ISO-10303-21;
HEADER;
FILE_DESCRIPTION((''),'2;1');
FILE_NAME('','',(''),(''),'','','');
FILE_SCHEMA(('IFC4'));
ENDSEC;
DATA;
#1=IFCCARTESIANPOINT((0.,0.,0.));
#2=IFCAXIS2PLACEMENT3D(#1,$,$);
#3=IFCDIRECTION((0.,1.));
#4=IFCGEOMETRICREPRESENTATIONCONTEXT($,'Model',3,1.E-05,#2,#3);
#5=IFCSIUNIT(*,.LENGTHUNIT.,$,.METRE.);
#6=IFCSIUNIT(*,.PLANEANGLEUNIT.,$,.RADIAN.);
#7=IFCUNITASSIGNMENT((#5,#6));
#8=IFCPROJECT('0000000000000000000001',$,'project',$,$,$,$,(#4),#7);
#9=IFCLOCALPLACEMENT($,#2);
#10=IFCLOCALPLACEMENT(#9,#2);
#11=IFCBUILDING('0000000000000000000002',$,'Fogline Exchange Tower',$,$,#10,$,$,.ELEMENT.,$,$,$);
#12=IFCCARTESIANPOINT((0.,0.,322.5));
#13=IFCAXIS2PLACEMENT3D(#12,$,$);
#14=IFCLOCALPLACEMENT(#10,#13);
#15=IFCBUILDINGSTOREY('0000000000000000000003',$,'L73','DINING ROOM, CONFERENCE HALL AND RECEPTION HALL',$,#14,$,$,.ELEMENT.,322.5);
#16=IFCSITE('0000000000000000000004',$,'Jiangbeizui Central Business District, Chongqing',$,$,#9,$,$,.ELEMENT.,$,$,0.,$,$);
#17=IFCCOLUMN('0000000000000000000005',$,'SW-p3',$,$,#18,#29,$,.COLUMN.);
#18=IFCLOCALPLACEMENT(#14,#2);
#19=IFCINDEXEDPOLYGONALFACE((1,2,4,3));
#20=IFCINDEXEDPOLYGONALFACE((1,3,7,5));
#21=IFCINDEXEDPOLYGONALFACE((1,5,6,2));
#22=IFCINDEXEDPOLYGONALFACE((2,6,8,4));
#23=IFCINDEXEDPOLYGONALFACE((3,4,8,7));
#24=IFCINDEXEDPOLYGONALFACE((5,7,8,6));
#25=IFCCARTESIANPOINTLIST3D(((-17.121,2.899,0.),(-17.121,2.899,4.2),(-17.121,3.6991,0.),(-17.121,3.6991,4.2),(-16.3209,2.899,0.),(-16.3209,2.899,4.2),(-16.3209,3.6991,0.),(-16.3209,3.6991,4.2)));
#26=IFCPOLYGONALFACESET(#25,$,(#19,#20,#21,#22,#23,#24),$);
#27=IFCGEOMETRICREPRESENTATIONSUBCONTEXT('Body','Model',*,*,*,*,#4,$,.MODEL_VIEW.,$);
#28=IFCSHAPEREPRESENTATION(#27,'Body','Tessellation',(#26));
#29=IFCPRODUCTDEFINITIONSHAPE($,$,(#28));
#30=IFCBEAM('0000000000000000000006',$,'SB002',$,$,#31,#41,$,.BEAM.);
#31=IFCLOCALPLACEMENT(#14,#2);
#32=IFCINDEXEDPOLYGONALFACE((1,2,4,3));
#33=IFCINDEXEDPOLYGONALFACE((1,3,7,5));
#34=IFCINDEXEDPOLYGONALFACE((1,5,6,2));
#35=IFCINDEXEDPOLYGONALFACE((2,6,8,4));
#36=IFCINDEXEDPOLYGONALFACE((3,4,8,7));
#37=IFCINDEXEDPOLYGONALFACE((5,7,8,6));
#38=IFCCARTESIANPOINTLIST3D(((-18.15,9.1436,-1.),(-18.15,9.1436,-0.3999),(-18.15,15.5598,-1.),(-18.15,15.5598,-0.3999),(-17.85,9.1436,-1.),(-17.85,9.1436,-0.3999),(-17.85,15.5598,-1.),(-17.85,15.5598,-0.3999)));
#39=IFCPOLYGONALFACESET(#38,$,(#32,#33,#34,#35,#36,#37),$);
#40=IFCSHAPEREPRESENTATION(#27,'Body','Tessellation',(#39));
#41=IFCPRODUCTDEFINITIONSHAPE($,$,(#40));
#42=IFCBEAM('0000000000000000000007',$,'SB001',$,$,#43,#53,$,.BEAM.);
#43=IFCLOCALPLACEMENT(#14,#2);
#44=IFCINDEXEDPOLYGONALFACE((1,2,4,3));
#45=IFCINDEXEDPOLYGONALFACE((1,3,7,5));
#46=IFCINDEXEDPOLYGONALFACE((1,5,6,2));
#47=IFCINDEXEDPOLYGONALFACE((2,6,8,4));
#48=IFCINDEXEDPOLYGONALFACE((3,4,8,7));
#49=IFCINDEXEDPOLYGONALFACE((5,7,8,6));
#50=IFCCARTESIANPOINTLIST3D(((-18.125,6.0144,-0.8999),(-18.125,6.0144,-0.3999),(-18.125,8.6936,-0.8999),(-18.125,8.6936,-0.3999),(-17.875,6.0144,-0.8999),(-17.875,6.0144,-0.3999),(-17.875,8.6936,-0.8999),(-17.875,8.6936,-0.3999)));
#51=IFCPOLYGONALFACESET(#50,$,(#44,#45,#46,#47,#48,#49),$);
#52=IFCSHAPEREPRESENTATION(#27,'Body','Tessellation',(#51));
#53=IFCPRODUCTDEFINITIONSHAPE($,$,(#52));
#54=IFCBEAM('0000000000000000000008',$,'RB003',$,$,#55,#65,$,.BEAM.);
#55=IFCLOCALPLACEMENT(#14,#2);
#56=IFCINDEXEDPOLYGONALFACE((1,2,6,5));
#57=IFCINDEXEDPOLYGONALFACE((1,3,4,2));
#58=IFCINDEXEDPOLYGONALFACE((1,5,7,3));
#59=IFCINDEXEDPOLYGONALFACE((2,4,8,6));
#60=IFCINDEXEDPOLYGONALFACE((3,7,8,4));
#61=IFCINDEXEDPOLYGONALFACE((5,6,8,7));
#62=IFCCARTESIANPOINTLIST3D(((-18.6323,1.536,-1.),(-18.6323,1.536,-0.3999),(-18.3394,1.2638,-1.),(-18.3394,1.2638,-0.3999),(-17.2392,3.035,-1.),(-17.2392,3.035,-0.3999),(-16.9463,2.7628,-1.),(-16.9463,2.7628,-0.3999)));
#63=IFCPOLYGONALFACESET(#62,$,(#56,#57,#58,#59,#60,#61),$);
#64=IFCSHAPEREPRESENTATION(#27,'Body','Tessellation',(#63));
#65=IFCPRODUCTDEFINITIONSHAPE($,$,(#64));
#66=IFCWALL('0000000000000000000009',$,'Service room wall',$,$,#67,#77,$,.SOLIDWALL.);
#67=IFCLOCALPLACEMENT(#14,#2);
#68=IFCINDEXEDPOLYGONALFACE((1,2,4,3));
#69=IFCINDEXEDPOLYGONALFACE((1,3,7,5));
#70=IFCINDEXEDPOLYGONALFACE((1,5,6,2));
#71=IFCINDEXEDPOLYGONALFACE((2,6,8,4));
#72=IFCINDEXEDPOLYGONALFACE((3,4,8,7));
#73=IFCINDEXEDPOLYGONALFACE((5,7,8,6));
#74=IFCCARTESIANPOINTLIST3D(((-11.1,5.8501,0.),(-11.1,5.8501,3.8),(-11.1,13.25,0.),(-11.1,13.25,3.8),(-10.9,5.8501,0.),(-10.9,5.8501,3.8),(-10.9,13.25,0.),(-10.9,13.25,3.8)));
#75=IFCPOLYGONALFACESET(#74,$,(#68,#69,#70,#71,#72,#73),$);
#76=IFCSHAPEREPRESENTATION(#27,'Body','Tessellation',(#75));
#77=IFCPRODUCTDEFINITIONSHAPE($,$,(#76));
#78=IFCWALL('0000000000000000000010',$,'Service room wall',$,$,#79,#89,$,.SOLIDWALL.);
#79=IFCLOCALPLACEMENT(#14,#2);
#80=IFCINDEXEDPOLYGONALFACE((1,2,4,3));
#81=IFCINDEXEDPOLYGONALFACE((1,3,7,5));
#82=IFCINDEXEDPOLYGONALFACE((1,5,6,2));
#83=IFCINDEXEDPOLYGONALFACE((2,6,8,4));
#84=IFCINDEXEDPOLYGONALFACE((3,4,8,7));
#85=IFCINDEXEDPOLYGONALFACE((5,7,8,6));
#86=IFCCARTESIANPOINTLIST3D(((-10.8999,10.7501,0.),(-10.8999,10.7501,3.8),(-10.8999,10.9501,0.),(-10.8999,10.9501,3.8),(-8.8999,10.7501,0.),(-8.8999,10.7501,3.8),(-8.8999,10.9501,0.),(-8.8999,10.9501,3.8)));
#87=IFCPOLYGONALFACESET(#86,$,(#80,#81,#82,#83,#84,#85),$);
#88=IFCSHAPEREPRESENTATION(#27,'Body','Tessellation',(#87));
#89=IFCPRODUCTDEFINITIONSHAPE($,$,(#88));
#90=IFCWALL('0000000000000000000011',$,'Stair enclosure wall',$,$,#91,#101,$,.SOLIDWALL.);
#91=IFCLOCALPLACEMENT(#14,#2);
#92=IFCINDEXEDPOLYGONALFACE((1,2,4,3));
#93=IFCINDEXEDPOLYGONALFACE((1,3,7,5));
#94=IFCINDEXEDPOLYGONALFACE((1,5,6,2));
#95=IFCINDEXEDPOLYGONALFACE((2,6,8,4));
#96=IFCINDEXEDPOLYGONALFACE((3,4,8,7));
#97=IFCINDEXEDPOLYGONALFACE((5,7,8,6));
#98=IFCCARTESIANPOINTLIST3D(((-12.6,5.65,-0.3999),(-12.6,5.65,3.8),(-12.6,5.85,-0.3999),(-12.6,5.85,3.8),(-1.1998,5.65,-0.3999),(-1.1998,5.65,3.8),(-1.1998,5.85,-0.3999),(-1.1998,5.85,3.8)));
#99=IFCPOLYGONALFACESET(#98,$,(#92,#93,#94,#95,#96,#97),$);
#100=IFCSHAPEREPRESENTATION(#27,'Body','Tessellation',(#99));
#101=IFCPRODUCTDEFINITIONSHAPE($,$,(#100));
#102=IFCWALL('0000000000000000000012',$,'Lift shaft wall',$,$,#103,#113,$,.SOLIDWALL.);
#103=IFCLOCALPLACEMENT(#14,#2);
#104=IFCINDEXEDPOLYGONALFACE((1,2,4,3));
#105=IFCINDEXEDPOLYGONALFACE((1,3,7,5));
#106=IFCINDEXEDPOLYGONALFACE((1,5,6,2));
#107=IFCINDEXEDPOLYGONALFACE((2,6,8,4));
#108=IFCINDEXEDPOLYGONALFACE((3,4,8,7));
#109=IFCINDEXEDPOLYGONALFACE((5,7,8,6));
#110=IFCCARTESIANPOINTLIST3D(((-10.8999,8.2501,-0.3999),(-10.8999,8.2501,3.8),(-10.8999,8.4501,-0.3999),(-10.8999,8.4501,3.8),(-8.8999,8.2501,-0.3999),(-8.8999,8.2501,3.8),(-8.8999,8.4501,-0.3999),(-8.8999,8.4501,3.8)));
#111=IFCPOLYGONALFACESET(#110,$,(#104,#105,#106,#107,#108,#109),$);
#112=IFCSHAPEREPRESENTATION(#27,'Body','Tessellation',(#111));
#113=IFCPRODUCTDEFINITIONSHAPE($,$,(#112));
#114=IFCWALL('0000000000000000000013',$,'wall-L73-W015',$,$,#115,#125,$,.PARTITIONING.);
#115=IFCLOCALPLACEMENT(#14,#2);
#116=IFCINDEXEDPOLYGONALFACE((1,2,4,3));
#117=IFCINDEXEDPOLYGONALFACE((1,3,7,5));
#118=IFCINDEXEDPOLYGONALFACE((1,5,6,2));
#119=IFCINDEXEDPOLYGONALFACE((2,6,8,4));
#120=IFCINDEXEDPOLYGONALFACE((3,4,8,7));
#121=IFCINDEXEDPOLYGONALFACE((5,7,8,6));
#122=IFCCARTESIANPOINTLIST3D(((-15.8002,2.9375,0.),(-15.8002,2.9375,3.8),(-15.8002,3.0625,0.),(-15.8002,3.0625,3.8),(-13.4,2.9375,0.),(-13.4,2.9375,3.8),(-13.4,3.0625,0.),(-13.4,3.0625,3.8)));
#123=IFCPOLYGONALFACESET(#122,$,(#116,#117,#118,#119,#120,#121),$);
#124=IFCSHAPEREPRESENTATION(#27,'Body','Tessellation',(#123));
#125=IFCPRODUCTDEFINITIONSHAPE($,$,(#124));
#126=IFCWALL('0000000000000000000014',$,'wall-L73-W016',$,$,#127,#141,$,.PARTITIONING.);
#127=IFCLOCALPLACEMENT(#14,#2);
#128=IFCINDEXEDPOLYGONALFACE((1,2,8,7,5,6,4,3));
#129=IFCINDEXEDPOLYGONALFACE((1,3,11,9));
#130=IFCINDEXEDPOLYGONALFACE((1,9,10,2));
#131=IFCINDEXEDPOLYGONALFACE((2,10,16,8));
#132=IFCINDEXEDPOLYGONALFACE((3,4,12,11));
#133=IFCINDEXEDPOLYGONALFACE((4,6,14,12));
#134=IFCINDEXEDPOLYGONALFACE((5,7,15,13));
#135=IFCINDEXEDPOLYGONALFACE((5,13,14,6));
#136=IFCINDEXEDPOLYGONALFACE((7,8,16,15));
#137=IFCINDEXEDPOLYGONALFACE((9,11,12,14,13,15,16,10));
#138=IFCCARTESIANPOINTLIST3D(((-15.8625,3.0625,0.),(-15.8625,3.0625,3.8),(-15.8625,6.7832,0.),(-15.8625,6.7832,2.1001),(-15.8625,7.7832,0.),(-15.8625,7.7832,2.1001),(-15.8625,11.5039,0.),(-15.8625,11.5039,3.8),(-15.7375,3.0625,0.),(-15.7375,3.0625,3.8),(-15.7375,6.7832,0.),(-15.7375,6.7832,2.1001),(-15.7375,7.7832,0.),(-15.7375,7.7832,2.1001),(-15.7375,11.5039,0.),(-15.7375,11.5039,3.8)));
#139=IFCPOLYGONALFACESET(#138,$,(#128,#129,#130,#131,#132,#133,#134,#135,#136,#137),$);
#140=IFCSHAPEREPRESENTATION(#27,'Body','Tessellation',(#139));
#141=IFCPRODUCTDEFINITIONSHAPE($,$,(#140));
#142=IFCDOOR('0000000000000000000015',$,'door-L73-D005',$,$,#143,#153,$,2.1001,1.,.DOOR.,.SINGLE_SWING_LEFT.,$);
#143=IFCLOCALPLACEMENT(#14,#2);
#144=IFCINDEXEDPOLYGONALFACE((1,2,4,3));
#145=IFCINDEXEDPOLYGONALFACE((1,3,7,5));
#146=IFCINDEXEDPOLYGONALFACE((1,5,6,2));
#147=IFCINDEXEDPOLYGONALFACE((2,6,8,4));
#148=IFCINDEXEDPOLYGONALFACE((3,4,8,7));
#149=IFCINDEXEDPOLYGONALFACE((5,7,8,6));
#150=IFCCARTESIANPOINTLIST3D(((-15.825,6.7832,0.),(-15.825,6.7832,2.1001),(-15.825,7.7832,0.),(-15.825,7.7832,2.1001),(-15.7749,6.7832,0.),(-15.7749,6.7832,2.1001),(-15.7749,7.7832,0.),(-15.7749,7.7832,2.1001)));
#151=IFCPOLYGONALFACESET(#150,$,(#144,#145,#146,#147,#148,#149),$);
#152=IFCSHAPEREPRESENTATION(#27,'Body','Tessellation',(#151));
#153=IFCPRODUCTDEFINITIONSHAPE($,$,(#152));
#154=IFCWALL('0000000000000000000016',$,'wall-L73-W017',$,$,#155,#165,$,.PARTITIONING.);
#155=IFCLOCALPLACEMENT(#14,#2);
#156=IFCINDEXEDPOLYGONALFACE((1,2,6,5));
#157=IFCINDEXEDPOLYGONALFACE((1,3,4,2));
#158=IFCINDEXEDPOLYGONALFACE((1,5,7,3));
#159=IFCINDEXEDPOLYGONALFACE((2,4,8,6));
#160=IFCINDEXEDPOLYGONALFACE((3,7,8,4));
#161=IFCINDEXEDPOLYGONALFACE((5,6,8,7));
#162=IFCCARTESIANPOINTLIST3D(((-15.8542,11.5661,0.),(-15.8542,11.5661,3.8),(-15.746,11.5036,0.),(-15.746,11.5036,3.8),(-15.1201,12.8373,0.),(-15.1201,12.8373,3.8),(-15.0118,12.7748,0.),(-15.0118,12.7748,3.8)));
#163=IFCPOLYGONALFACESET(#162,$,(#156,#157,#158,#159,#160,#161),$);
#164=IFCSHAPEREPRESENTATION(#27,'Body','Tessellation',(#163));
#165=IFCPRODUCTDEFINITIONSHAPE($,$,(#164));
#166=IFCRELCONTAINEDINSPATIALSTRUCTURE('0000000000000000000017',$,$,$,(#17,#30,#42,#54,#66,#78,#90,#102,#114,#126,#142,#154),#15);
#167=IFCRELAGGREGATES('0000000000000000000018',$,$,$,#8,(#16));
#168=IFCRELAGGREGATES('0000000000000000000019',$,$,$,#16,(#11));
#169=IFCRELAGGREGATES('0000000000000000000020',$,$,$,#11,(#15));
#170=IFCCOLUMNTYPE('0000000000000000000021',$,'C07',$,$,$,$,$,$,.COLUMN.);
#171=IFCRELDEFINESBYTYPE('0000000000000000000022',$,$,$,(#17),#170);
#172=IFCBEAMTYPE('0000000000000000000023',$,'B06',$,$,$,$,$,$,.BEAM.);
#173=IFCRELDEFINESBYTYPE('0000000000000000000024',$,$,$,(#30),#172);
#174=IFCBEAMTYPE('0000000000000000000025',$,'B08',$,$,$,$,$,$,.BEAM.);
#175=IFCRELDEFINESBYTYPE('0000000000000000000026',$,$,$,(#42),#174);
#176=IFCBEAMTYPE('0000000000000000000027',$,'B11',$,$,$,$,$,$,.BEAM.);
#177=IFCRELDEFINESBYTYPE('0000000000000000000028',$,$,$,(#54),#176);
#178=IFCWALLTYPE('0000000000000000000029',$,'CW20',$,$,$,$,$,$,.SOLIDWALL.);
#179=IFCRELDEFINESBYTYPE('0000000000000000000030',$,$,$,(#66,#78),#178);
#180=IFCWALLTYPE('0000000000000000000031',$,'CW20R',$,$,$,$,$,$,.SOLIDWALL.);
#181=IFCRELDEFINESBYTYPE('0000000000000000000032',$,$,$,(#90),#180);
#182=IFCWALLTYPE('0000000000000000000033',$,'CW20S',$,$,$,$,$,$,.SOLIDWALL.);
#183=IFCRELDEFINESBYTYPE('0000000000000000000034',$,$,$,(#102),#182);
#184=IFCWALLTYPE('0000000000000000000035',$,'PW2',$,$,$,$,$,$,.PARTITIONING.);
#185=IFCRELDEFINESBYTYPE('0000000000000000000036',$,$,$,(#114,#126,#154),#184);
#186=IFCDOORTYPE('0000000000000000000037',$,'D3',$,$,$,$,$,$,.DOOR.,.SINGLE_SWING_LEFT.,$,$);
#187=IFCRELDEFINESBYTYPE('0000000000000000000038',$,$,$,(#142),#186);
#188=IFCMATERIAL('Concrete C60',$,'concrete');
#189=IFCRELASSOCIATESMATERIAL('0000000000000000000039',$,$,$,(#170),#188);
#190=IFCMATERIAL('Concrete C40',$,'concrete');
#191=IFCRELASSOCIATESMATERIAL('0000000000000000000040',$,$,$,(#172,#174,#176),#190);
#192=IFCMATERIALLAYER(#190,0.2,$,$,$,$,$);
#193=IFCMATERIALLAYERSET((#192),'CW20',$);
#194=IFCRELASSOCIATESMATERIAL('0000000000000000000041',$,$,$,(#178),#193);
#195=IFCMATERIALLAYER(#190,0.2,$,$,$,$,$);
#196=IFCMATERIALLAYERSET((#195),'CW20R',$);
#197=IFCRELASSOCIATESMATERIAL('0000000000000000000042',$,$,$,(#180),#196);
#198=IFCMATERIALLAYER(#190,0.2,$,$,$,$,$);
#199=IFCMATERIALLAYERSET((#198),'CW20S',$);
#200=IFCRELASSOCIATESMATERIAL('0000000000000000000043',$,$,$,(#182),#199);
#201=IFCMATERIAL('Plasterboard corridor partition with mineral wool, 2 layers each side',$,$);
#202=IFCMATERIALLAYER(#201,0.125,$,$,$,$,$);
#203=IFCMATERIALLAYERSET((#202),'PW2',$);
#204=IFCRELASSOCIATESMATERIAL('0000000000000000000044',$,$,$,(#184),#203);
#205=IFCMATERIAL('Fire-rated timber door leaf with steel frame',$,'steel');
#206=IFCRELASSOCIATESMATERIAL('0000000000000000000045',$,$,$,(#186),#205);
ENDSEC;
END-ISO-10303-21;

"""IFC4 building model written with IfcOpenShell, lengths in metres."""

from ifc_helpers import new_model, si_unit, direction, frame, frame_2d, origin, origin_2d, place, context, subcontext, project, spatial, rectangle, extrude, material, layer, layer_set, material_profile, profile_set, type_object, element, fill, save


model = new_model("IFC4")

# Units and contexts
model_context = context("Model", 3, precision=1e-05, world=origin(), true_north=direction((0.0, 1.0)))
body_context = subcontext(model_context, "Body", "Model", "MODEL_VIEW")
ifc_project = project(units=[si_unit("LENGTHUNIT", "METRE"), si_unit("PLANEANGLEUNIT", "RADIAN")], contexts=[model_context])

# Site, building, storey
site_placement = place(None, origin())
site = spatial("IfcSite", under=ifc_project, at=site_placement, Name="Jiangbeizui Central Business District, Chongqing", CompositionType="ELEMENT", RefElevation=0.0)
building_placement = place(site_placement, origin())
building = spatial("IfcBuilding", under=site, at=building_placement, Name="Fogline Exchange Tower", CompositionType="ELEMENT")
storey_placement = place(building_placement, frame((0.0, 0.0, 322.5)))
storey = spatial("IfcBuildingStorey", under=building, at=storey_placement, Name="L73", Description="DINING ROOM, CONFERENCE HALL AND RECEPTION HALL", CompositionType="ELEMENT", Elevation=322.5)

# Column
ifc_material_1 = material(Name="Concrete C60", Category="concrete")
ifc_material_profile_1 = material_profile(ifc_material_1, rectangle(XDim=0.8, YDim=0.8, at=origin_2d()), Name="RC 800x800")
ifc_profile_set_1 = profile_set([ifc_material_profile_1], Name="Concrete C60")
column_type = type_object("IfcColumnType", Name="C07", PredefinedType="COLUMN", material=ifc_profile_set_1)
column_placement = place(storey_placement, frame((-16.7209, 3.2991, 0.0), z_axis=(0.0, 0.0, 1.0), x_axis=(1.0, 0.0, 0.0)))
element("IfcColumn", 1, at=column_placement, inside=storey, type_object=column_type, Name="SW-p3", PredefinedType="COLUMN", context=body_context, shape_type="SweptSolid", body=[
    extrude(rectangle(XDim=0.8, YDim=0.8, at=origin_2d()), origin(), (0.0, 0.0, 1.0), 4.2),
])

# Beams
ifc_material_2 = material(Name="Concrete C40", Category="concrete")
ifc_material_profile_2 = material_profile(ifc_material_2, rectangle(XDim=0.3, YDim=0.6001, at=origin_2d()), Name="RC 300x600")
ifc_profile_set_2 = profile_set([ifc_material_profile_2], Name="Concrete C40")
beam_type_1 = type_object("IfcBeamType", Name="B06", PredefinedType="BEAM", material=ifc_profile_set_2)
beam_1_placement = place(storey_placement, frame((-18.0, 9.1436, -0.7), z_axis=(0.0, 1.0, 0.0), x_axis=(-1.0, 0.0, 0.0)))
element("IfcBeam", 2, at=beam_1_placement, inside=storey, type_object=beam_type_1, Name="SB002", PredefinedType="BEAM", context=body_context, shape_type="SweptSolid", body=[
    extrude(rectangle(XDim=0.3, YDim=0.6001, at=origin_2d()), origin(), (0.0, 0.0, 1.0), 6.4163),
])
ifc_material_profile_3 = material_profile(ifc_material_2, rectangle(XDim=0.25, YDim=0.5, at=origin_2d()), Name="RC 250x500")
ifc_profile_set_3 = profile_set([ifc_material_profile_3], Name="Concrete C40")
beam_type_2 = type_object("IfcBeamType", Name="B08", PredefinedType="BEAM", material=ifc_profile_set_3)
beam_2_placement = place(storey_placement, frame((-18.0, 6.0144, -0.6499), z_axis=(0.0, 1.0, 0.0), x_axis=(-1.0, 0.0, 0.0)))
element("IfcBeam", 3, at=beam_2_placement, inside=storey, type_object=beam_type_2, Name="SB001", PredefinedType="BEAM", context=body_context, shape_type="SweptSolid", body=[
    extrude(rectangle(XDim=0.25, YDim=0.5, at=origin_2d()), origin(), (0.0, 0.0, 1.0), 2.6792),
])
ifc_material_profile_4 = material_profile(ifc_material_2, rectangle(XDim=0.3999, YDim=0.6001, at=origin_2d()), Name="RC 400x600")
ifc_profile_set_4 = profile_set([ifc_material_profile_4], Name="Concrete C40")
beam_type_3 = type_object("IfcBeamType", Name="B11", PredefinedType="BEAM", material=ifc_profile_set_4)
beam_3_placement = place(storey_placement, frame((-17.0928, 2.8989, -0.7), z_axis=(-0.680744, -0.732521, 0.0), x_axis=(0.732521, -0.680744, 0.0)))
element("IfcBeam", 4, at=beam_3_placement, inside=storey, type_object=beam_type_3, Name="RB003", PredefinedType="BEAM", context=body_context, shape_type="SweptSolid", body=[
    extrude(rectangle(XDim=0.3999, YDim=0.6001, at=origin_2d()), origin(), (0.0, 0.0, 1.0), 2.0464),
])

# Walls
ifc_layer_1 = layer(ifc_material_2, 0.2)
ifc_layer_set_1 = layer_set([ifc_layer_1], Name="CW20")
wall_type_1 = type_object("IfcWallType", Name="CW20", PredefinedType="SOLIDWALL", material=ifc_layer_set_1)
wall_1_placement = place(storey_placement, frame((-11.0, 5.8501, 0.0), z_axis=(0.0, 0.0, 1.0), x_axis=(0.0, 1.0, 0.0)))
element("IfcWall", 5, at=wall_1_placement, inside=storey, type_object=wall_type_1, Name="Service room wall", PredefinedType="SOLIDWALL", context=body_context, shape_type="SweptSolid", body=[
    extrude(rectangle(XDim=7.3999, YDim=0.2, at=frame_2d((3.7, 0.0))), origin(), (0.0, 0.0, 1.0), 3.8),
])
wall_2_placement = place(storey_placement, frame((-10.8999, 10.8501, 0.0), z_axis=(0.0, 0.0, 1.0), x_axis=(1.0, 0.0, 0.0)))
element("IfcWall", 6, at=wall_2_placement, inside=storey, type_object=wall_type_1, Name="Service room wall", PredefinedType="SOLIDWALL", context=body_context, shape_type="SweptSolid", body=[
    extrude(rectangle(XDim=2.0, YDim=0.2, at=frame_2d((1.0, 0.0))), origin(), (0.0, 0.0, 1.0), 3.8),
])
ifc_layer_2 = layer(ifc_material_2, 0.2)
ifc_layer_set_2 = layer_set([ifc_layer_2], Name="CW20R")
wall_type_2 = type_object("IfcWallType", Name="CW20R", PredefinedType="SOLIDWALL", material=ifc_layer_set_2)
wall_3_placement = place(storey_placement, frame((-12.6001, 5.75, -0.3999), z_axis=(0.0, 0.0, 1.0), x_axis=(1.0, 0.0, 0.0)))
element("IfcWall", 7, at=wall_3_placement, inside=storey, type_object=wall_type_2, Name="Stair enclosure wall", PredefinedType="SOLIDWALL", context=body_context, shape_type="SweptSolid", body=[
    extrude(rectangle(XDim=11.4001, YDim=0.2, at=frame_2d((5.7002, 0.0))), origin(), (0.0, 0.0, 1.0), 4.2),
])
ifc_layer_3 = layer(ifc_material_2, 0.2)
ifc_layer_set_3 = layer_set([ifc_layer_3], Name="CW20S")
wall_type_3 = type_object("IfcWallType", Name="CW20S", PredefinedType="SOLIDWALL", material=ifc_layer_set_3)
wall_4_placement = place(storey_placement, frame((-10.8999, 8.3501, -0.3999), z_axis=(0.0, 0.0, 1.0), x_axis=(1.0, 0.0, 0.0)))
element("IfcWall", 8, at=wall_4_placement, inside=storey, type_object=wall_type_3, Name="Lift shaft wall", PredefinedType="SOLIDWALL", context=body_context, shape_type="SweptSolid", body=[
    extrude(rectangle(XDim=2.0, YDim=0.2, at=frame_2d((1.0, 0.0))), origin(), (0.0, 0.0, 1.0), 4.2),
])
ifc_material_3 = material(Name="Plasterboard corridor partition with mineral wool, 2 layers each side")
ifc_layer_4 = layer(ifc_material_3, 0.125)
ifc_layer_set_4 = layer_set([ifc_layer_4], Name="PW2")
wall_type_4 = type_object("IfcWallType", Name="PW2", PredefinedType="PARTITIONING", material=ifc_layer_set_4)
wall_5_placement = place(storey_placement, frame((-13.3999, 3.0, 0.0), z_axis=(0.0, 0.0, 1.0), x_axis=(-1.0, 0.0, 0.0)))
element("IfcWall", 9, at=wall_5_placement, inside=storey, type_object=wall_type_4, Name="wall-L73-W015", PredefinedType="PARTITIONING", context=body_context, shape_type="SweptSolid", body=[
    extrude(rectangle(XDim=2.4001, YDim=0.125, at=frame_2d((1.2002, 0.0))), origin(), (0.0, 0.0, 1.0), 3.8),
])

# Wall, opening, door
wall_6_placement = place(storey_placement, frame((-15.8, 3.0625, 0.0), z_axis=(0.0, 0.0, 1.0), x_axis=(0.0, 1.0, 0.0)))
wall_6 = element("IfcWall", 10, at=wall_6_placement, inside=storey, type_object=wall_type_4, Name="wall-L73-W016", PredefinedType="PARTITIONING", context=body_context, shape_type="SweptSolid", body=[
    extrude(rectangle(XDim=8.4414, YDim=0.125, at=frame_2d((4.2207, 0.0))), origin(), (0.0, 0.0, 1.0), 3.8),
])
opening_1_placement = place(wall_6_placement, frame((3.7207, 0.0, 0.0)))
opening_1 = element("IfcOpeningElement", 11, at=opening_1_placement, cuts=wall_6, PredefinedType="OPENING", context=body_context, shape_type="SweptSolid", body=[
    extrude(rectangle(XDim=1.0, YDim=2.1001, at=frame_2d((0.5, 1.05))), frame((0.0, 0.0725, 0.0), z_axis=(0.0, -1.0, 0.0), x_axis=(1.0, 0.0, 0.0)), (0.0, 0.0, 1.0), 0.145),
])
ifc_material_4 = material(Name="Fire-rated timber door leaf with steel frame", Category="steel")
door_type_1 = type_object("IfcDoorType", Name="D3", OperationType="SINGLE_SWING_LEFT", PredefinedType="DOOR", material=ifc_material_4)
door_1_placement = place(opening_1_placement, origin())
door_1 = element("IfcDoor", 12, at=door_1_placement, inside=storey, type_object=door_type_1, Name="door-L73-D005", OperationType="SINGLE_SWING_LEFT", OverallHeight=2.1001, OverallWidth=1.0, PredefinedType="DOOR", context=body_context, shape_type="SweptSolid", body=[
    extrude(rectangle(XDim=1.0, YDim=2.1001, at=frame_2d((0.5, 1.05))), frame((0.0, 0.0249, 0.0), z_axis=(0.0, -1.0, 0.0), x_axis=(1.0, 0.0, 0.0)), (0.0, 0.0, 1.0), 0.05),
])
fill(opening_1, door_1)

# Wall
wall_7_placement = place(storey_placement, frame((-15.8, 11.5349, 0.0), z_axis=(0.0, 0.0, 1.0), x_axis=(0.500092, 0.865972, 0.0)))
element("IfcWall", 13, at=wall_7_placement, inside=storey, type_object=wall_type_4, Name="wall-L73-W017", PredefinedType="PARTITIONING", context=body_context, shape_type="SweptSolid", body=[
    extrude(rectangle(XDim=1.468, YDim=0.125, at=frame_2d((0.7339, 0.0))), origin(), (0.0, 0.0, 1.0), 3.8),
])

save(model, "model.ifc")
